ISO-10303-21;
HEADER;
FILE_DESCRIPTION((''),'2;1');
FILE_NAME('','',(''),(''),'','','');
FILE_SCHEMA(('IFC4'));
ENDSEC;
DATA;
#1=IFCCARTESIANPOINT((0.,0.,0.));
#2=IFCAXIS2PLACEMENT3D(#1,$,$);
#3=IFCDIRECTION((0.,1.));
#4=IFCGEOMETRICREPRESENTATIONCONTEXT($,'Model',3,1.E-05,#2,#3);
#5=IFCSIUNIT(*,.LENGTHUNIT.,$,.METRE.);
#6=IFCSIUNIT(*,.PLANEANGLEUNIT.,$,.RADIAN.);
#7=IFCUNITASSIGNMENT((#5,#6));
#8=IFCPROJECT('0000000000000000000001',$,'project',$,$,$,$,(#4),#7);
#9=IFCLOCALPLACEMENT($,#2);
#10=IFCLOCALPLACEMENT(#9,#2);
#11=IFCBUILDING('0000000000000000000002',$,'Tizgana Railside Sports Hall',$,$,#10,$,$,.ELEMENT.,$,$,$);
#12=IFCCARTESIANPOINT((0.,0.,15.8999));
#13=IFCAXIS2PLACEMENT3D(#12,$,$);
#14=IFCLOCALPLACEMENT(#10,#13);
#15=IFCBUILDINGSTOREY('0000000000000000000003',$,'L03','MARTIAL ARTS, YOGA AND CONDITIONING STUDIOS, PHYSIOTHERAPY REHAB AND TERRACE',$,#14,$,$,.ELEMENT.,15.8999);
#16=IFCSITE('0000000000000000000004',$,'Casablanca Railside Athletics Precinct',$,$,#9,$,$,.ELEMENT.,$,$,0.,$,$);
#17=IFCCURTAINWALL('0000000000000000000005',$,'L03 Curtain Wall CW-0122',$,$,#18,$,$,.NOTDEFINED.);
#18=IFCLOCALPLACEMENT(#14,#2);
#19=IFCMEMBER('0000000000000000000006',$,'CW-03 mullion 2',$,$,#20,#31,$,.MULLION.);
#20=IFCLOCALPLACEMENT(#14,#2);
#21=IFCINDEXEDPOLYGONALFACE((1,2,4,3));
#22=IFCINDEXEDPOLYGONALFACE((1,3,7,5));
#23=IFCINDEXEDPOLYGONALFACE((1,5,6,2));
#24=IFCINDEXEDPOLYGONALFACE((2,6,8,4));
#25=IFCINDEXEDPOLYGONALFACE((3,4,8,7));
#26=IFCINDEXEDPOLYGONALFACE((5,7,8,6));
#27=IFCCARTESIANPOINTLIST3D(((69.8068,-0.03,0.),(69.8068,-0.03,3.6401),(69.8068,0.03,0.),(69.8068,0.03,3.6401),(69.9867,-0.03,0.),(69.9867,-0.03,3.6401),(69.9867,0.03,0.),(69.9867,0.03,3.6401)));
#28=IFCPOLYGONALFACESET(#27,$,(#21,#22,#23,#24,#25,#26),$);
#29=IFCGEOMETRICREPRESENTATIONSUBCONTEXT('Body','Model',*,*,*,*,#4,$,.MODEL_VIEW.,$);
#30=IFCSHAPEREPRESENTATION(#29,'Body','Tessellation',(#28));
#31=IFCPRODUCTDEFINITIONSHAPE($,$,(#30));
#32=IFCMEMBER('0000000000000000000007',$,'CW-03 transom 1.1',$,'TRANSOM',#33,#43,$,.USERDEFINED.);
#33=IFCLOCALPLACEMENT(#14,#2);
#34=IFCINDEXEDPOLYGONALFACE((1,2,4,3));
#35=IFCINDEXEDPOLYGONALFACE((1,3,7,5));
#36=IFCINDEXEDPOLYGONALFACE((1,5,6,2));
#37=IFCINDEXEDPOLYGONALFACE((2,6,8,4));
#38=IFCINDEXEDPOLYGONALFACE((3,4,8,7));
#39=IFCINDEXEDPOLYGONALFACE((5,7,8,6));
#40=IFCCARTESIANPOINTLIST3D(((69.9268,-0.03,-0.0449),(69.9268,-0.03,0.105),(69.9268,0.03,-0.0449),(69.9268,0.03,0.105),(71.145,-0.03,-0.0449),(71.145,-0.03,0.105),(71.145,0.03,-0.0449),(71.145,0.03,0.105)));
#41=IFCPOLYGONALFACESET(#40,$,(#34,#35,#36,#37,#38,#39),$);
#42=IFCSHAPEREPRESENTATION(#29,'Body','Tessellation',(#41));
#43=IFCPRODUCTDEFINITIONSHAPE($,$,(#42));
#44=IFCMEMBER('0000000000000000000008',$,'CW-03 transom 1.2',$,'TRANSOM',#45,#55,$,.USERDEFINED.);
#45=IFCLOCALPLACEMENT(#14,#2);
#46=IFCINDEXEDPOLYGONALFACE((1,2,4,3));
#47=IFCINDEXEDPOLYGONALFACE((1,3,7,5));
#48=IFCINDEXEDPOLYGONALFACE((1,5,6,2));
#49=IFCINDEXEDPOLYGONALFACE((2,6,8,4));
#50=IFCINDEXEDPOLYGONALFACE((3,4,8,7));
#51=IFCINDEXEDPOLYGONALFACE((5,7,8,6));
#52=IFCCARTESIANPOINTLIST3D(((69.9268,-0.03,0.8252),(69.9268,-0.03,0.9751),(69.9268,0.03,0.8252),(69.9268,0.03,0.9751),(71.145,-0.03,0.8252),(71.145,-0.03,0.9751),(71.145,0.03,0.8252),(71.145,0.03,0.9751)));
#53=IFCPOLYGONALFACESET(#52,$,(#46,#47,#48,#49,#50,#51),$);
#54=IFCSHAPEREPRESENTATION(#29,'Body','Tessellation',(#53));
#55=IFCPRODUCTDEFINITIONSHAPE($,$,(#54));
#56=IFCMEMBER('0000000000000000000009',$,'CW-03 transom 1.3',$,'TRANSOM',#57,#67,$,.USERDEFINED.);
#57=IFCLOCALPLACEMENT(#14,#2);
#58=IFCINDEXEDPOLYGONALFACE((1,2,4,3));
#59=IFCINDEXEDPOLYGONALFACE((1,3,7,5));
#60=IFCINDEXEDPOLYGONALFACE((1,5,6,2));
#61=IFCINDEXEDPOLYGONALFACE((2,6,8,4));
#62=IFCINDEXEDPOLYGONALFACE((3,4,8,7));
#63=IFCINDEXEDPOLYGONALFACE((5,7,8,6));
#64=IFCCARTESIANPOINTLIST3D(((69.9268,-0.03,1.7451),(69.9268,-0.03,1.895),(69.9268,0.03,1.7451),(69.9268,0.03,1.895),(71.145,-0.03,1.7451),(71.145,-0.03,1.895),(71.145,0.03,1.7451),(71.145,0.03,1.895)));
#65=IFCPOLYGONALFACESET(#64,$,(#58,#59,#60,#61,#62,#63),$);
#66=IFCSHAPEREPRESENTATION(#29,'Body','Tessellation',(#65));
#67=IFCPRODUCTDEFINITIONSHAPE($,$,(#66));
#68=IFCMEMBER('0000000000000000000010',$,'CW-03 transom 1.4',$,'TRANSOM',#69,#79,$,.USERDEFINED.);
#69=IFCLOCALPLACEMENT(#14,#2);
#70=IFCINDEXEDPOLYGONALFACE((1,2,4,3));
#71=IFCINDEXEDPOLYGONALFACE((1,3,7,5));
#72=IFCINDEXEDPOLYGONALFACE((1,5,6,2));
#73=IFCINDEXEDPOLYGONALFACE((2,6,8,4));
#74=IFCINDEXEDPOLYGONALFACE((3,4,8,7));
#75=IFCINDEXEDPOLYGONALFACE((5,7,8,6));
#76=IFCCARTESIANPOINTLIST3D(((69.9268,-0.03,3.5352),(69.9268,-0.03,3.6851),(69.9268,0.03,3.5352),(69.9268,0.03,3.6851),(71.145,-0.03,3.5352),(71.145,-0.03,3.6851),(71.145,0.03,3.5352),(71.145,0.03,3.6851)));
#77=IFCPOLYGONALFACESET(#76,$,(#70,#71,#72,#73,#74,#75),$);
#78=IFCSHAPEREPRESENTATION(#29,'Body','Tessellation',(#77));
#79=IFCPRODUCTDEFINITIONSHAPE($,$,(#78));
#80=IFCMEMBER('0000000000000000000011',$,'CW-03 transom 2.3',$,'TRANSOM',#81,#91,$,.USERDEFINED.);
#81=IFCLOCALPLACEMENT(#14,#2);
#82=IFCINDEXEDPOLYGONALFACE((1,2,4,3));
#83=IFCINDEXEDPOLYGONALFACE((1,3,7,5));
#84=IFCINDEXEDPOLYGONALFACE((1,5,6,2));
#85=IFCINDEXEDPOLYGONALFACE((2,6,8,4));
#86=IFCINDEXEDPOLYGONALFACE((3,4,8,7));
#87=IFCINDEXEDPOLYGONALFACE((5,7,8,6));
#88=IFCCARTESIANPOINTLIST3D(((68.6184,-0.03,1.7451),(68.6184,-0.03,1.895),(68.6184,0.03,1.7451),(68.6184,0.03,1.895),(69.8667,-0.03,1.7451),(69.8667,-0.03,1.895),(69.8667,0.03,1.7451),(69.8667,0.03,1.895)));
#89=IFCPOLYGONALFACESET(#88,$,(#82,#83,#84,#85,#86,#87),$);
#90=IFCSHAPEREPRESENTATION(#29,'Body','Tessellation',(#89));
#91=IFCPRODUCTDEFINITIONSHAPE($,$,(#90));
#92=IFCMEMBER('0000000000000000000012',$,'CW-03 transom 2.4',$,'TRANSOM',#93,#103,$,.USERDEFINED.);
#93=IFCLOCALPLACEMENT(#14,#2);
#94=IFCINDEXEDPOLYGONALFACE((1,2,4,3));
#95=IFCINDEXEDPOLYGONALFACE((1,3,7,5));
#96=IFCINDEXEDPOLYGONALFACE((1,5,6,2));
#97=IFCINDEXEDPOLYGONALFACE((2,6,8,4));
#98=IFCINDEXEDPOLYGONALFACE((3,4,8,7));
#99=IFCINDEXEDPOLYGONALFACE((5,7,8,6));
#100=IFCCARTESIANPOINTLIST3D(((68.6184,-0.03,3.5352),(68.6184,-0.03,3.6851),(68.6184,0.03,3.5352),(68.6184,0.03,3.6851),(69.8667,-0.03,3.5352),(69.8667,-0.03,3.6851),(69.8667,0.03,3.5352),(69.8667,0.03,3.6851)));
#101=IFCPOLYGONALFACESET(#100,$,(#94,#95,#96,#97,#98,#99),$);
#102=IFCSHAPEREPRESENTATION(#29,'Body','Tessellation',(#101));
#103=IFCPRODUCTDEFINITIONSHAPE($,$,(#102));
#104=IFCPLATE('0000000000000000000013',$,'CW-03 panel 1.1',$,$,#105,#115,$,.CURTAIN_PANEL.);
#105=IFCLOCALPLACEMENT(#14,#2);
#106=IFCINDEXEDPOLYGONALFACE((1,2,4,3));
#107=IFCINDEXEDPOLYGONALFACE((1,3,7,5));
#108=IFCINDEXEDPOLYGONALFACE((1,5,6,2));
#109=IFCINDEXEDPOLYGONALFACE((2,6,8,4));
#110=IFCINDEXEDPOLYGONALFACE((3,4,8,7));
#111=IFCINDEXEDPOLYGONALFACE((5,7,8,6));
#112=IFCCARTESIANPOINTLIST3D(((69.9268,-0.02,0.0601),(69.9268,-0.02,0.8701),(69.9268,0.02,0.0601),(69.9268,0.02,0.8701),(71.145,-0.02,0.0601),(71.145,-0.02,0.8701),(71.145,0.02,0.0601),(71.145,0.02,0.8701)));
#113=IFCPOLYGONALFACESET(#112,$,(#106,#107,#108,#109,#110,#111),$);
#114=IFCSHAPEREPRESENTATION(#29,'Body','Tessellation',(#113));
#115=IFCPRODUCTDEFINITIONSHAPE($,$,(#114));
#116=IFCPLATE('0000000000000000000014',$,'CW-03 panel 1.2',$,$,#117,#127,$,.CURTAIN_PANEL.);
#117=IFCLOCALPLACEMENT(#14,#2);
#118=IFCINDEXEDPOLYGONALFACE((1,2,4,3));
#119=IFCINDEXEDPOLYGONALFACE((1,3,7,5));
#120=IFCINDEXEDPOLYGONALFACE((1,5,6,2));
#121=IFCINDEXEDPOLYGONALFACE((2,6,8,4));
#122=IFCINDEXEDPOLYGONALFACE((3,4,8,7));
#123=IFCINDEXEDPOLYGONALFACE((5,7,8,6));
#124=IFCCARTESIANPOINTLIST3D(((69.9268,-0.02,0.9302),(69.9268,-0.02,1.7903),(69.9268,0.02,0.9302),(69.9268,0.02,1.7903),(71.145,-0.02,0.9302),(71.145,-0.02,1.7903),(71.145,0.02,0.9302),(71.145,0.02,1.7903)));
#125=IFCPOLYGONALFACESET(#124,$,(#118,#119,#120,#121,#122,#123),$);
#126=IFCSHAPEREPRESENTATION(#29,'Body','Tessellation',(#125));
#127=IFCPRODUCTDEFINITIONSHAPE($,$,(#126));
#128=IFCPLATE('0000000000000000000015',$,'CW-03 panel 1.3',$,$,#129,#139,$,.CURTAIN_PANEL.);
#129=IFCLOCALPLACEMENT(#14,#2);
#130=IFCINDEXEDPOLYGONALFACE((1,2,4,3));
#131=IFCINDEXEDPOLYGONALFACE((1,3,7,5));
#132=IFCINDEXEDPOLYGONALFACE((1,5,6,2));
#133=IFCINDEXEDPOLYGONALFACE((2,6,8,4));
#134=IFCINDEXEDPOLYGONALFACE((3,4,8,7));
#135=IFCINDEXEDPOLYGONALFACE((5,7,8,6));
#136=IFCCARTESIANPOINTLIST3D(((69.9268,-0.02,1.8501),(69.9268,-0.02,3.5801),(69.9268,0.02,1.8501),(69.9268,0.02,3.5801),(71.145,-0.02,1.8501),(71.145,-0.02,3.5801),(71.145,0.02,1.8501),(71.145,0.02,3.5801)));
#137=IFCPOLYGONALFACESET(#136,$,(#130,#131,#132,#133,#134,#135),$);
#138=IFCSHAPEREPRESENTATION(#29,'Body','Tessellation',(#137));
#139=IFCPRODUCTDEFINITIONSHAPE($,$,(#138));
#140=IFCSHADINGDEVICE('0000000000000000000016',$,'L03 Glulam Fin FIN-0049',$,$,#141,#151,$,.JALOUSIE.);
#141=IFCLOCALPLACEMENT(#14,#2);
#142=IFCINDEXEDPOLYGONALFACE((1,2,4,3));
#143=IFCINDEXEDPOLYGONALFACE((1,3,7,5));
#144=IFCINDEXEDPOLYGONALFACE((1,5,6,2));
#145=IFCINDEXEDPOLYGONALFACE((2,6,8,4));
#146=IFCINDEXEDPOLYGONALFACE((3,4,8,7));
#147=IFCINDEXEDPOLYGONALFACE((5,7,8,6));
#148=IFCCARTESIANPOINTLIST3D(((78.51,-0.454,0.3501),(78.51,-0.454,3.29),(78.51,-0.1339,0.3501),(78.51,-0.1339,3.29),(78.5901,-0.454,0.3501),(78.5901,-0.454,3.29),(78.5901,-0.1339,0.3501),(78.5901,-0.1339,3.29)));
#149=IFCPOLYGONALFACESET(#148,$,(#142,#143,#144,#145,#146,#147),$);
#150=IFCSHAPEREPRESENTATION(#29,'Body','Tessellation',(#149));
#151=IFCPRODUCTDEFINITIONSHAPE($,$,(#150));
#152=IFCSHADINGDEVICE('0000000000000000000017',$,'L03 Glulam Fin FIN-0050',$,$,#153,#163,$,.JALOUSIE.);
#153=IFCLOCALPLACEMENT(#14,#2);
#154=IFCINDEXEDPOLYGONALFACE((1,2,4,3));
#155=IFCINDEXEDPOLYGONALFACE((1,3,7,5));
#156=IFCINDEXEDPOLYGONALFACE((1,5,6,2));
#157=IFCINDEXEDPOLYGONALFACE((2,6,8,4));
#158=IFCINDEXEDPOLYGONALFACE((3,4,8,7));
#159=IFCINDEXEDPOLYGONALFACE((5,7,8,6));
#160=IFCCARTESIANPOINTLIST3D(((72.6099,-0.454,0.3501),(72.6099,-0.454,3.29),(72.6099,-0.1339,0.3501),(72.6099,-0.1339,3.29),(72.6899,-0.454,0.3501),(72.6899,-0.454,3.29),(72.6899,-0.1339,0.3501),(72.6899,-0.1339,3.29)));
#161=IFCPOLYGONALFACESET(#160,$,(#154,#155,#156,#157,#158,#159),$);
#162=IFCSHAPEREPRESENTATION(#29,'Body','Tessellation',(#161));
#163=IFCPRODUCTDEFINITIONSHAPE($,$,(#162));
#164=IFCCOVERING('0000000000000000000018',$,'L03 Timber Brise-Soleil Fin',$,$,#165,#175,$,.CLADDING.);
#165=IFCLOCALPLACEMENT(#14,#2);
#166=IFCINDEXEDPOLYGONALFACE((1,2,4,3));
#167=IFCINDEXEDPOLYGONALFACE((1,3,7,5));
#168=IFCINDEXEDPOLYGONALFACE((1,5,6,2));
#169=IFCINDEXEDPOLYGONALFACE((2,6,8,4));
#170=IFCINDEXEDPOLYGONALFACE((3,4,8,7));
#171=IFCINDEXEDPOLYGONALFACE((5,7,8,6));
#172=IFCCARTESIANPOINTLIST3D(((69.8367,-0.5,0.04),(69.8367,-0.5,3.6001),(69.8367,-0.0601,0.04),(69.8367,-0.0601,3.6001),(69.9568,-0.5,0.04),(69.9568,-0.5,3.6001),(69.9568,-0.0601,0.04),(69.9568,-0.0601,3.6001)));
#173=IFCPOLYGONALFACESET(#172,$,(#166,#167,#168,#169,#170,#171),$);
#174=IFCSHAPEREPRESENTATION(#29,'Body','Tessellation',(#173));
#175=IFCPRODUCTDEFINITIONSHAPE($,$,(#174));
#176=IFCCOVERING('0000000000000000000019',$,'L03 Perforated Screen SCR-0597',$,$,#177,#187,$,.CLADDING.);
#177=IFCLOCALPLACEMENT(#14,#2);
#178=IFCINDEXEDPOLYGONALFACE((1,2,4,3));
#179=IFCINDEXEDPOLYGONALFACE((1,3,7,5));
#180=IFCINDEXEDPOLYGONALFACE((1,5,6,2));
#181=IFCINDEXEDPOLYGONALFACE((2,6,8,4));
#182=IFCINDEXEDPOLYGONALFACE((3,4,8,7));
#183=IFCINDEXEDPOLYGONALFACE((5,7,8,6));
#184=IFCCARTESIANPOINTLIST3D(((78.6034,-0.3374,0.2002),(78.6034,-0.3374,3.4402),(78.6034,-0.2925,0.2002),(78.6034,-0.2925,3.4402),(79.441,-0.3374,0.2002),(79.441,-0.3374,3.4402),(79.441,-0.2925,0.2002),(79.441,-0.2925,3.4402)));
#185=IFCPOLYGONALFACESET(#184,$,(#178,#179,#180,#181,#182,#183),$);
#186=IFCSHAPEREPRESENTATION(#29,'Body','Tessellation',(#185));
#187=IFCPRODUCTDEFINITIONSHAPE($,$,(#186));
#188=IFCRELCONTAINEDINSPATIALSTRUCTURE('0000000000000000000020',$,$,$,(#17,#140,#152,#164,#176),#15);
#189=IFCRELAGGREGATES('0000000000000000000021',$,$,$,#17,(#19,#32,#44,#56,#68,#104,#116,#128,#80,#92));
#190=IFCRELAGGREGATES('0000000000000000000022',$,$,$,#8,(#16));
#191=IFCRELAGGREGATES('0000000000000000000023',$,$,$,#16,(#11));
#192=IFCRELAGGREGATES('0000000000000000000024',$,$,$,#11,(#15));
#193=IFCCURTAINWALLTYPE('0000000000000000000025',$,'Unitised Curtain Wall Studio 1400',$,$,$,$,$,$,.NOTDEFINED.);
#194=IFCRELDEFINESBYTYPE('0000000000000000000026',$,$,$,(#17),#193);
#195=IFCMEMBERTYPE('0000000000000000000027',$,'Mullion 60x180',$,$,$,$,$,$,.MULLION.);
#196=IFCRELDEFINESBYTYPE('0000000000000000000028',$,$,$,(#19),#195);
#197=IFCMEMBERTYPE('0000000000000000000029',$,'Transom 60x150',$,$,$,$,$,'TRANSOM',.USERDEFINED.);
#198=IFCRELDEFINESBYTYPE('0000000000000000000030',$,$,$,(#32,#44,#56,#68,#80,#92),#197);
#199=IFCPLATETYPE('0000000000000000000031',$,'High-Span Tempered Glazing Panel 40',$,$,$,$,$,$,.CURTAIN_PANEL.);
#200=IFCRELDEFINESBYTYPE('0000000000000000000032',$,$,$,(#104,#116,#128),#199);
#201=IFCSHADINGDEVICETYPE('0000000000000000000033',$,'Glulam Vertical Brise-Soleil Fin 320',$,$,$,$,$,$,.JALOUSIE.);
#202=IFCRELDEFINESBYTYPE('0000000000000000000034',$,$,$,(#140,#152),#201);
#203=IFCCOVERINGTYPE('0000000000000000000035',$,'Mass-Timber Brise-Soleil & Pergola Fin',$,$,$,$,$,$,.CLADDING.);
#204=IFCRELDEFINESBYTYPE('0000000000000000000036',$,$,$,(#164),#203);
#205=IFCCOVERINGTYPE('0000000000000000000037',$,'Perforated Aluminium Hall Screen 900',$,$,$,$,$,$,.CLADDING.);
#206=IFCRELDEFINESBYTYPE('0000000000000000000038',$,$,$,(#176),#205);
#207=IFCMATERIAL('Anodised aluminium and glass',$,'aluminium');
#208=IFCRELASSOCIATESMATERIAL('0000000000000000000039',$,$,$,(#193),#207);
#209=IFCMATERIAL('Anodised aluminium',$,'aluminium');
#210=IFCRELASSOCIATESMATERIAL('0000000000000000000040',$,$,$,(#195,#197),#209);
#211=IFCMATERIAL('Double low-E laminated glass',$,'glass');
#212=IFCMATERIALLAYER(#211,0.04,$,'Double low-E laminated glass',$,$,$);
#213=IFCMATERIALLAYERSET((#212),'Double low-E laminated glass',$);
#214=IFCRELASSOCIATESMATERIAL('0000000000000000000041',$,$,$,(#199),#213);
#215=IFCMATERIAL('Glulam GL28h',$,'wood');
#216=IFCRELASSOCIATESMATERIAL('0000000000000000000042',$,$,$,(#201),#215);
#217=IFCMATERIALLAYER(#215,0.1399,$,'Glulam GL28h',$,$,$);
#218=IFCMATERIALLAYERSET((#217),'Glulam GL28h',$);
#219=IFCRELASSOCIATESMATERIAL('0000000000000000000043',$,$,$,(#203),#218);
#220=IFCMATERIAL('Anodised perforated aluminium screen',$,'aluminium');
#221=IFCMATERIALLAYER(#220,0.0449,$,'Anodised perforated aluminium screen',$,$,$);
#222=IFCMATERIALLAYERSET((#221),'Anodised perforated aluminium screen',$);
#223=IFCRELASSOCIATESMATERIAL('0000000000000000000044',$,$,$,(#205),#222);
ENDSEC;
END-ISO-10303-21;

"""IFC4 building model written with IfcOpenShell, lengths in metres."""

from ifc_helpers import new_model, si_unit, direction, frame, origin, origin_2d, place, context, subcontext, project, spatial, rectangle, extrude, material, layer, layer_set, material_profile, profile_set, type_object, element, aggregate, save


model = new_model("IFC4")

# Units and contexts
model_context = context("Model", 3, precision=1e-05, world=origin(), true_north=direction((0.0, 1.0)))
body_context = subcontext(model_context, "Body", "Model", "MODEL_VIEW")
ifc_project = project(units=[si_unit("LENGTHUNIT", "METRE"), si_unit("PLANEANGLEUNIT", "RADIAN")], contexts=[model_context])

# Site, building, storey
site_placement = place(None, origin())
site = spatial("IfcSite", under=ifc_project, at=site_placement, Name="Casablanca Railside Athletics Precinct", CompositionType="ELEMENT", RefElevation=0.0)
building_placement = place(site_placement, origin())
building = spatial("IfcBuilding", under=site, at=building_placement, Name="Tizgana Railside Sports Hall", CompositionType="ELEMENT")
storey_placement = place(building_placement, frame((0.0, 0.0, 15.8999)))
storey = spatial("IfcBuildingStorey", under=building, at=storey_placement, Name="L03", Description="MARTIAL ARTS, YOGA AND CONDITIONING STUDIOS, PHYSIOTHERAPY REHAB AND TERRACE", CompositionType="ELEMENT", Elevation=15.8999)

# Curtain wall, members, plates
ifc_material_1 = material(Name="Anodised aluminium and glass", Category="aluminium")
curtain_wall_type = type_object("IfcCurtainWallType", Name="Unitised Curtain Wall Studio 1400", PredefinedType="NOTDEFINED", material=ifc_material_1)
curtain_wall_placement = place(storey_placement, origin())
curtain_wall = element("IfcCurtainWall", 1, at=curtain_wall_placement, inside=storey, type_object=curtain_wall_type, Name="L03 Curtain Wall CW-0122", PredefinedType="NOTDEFINED")
ifc_material_2 = material(Name="Anodised aluminium", Category="aluminium")
ifc_material_profile_1 = material_profile(ifc_material_2, rectangle(XDim=0.0601, YDim=0.1799, at=origin_2d()), Name="Mullion 60x180")
ifc_profile_set_1 = profile_set([ifc_material_profile_1], Name="Anodised aluminium")
member_type_1 = type_object("IfcMemberType", Name="Mullion 60x180", PredefinedType="MULLION", material=ifc_profile_set_1)
member_1_placement = place(storey_placement, frame((69.8967, 0.0, 0.0), z_axis=(0.0, 0.0, 1.0), x_axis=(0.0, -1.0, 0.0)))
member_1 = element("IfcMember", 2, at=member_1_placement, type_object=member_type_1, Name="CW-03 mullion 2", PredefinedType="MULLION", context=body_context, shape_type="SweptSolid", body=[
    extrude(rectangle(XDim=0.0601, YDim=0.1799, at=origin_2d()), origin(), (0.0, 0.0, 1.0), 3.6401),
])
ifc_material_profile_2 = material_profile(ifc_material_2, rectangle(XDim=0.0601, YDim=0.1499, at=origin_2d()), Name="Transom 60x150")
ifc_profile_set_2 = profile_set([ifc_material_profile_2], Name="Anodised aluminium")
member_type_2 = type_object("IfcMemberType", Name="Transom 60x150", ElementType="TRANSOM", PredefinedType="USERDEFINED", material=ifc_profile_set_2)
member_2_placement = place(storey_placement, frame((71.145, 0.0, 0.03), z_axis=(-1.0, 0.0, 0.0), x_axis=(0.0, -1.0, 0.0)))
member_2 = element("IfcMember", 3, at=member_2_placement, type_object=member_type_2, Name="CW-03 transom 1.1", ObjectType="TRANSOM", PredefinedType="USERDEFINED", context=body_context, shape_type="SweptSolid", body=[
    extrude(rectangle(XDim=0.0601, YDim=0.1499, at=origin_2d()), origin(), (0.0, 0.0, 1.0), 1.2183),
])
member_3_placement = place(storey_placement, frame((71.145, 0.0, 0.9001), z_axis=(-1.0, 0.0, 0.0), x_axis=(0.0, -1.0, 0.0)))
member_3 = element("IfcMember", 4, at=member_3_placement, type_object=member_type_2, Name="CW-03 transom 1.2", ObjectType="TRANSOM", PredefinedType="USERDEFINED", context=body_context, shape_type="SweptSolid", body=[
    extrude(rectangle(XDim=0.0601, YDim=0.1499, at=origin_2d()), origin(), (0.0, 0.0, 1.0), 1.2183),
])
member_4_placement = place(storey_placement, frame((71.145, 0.0, 1.8201), z_axis=(-1.0, 0.0, 0.0), x_axis=(0.0, -1.0, 0.0)))
member_4 = element("IfcMember", 5, at=member_4_placement, type_object=member_type_2, Name="CW-03 transom 1.3", ObjectType="TRANSOM", PredefinedType="USERDEFINED", context=body_context, shape_type="SweptSolid", body=[
    extrude(rectangle(XDim=0.0601, YDim=0.1499, at=origin_2d()), origin(), (0.0, 0.0, 1.0), 1.2183),
])
member_5_placement = place(storey_placement, frame((71.145, 0.0, 3.6101), z_axis=(-1.0, 0.0, 0.0), x_axis=(0.0, -1.0, 0.0)))
member_5 = element("IfcMember", 6, at=member_5_placement, type_object=member_type_2, Name="CW-03 transom 1.4", ObjectType="TRANSOM", PredefinedType="USERDEFINED", context=body_context, shape_type="SweptSolid", body=[
    extrude(rectangle(XDim=0.0601, YDim=0.1499, at=origin_2d()), origin(), (0.0, 0.0, 1.0), 1.2183),
])
member_6_placement = place(storey_placement, frame((69.8667, 0.0, 1.8201), z_axis=(-1.0, 0.0, 0.0), x_axis=(0.0, -1.0, 0.0)))
member_6 = element("IfcMember", 7, at=member_6_placement, type_object=member_type_2, Name="CW-03 transom 2.3", ObjectType="TRANSOM", PredefinedType="USERDEFINED", context=body_context, shape_type="SweptSolid", body=[
    extrude(rectangle(XDim=0.0601, YDim=0.1499, at=origin_2d()), origin(), (0.0, 0.0, 1.0), 1.2483),
])
member_7_placement = place(storey_placement, frame((69.8667, 0.0, 3.6101), z_axis=(-1.0, 0.0, 0.0), x_axis=(0.0, -1.0, 0.0)))
member_7 = element("IfcMember", 8, at=member_7_placement, type_object=member_type_2, Name="CW-03 transom 2.4", ObjectType="TRANSOM", PredefinedType="USERDEFINED", context=body_context, shape_type="SweptSolid", body=[
    extrude(rectangle(XDim=0.0601, YDim=0.1499, at=origin_2d()), origin(), (0.0, 0.0, 1.0), 1.2483),
])
ifc_material_3 = material(Name="Double low-E laminated glass", Category="glass")
ifc_layer_1 = layer(ifc_material_3, 0.04, Name="Double low-E laminated glass")
ifc_layer_set_1 = layer_set([ifc_layer_1], Name="Double low-E laminated glass")
plate_type = type_object("IfcPlateType", Name="High-Span Tempered Glazing Panel 40", PredefinedType="CURTAIN_PANEL", material=ifc_layer_set_1)
plate_1_placement = place(storey_placement, frame((70.5359, 0.0, 0.0601), z_axis=(0.0, 0.0, 1.0), x_axis=(-1.0, 0.0, 0.0)))
plate_1 = element("IfcPlate", 9, at=plate_1_placement, type_object=plate_type, Name="CW-03 panel 1.1", PredefinedType="CURTAIN_PANEL", context=body_context, shape_type="SweptSolid", body=[
    extrude(rectangle(XDim=1.2183, YDim=0.04, at=origin_2d()), origin(), (0.0, 0.0, 1.0), 0.8101),
])
plate_2_placement = place(storey_placement, frame((70.5359, 0.0, 0.9302), z_axis=(0.0, 0.0, 1.0), x_axis=(-1.0, 0.0, 0.0)))
plate_2 = element("IfcPlate", 10, at=plate_2_placement, type_object=plate_type, Name="CW-03 panel 1.2", PredefinedType="CURTAIN_PANEL", context=body_context, shape_type="SweptSolid", body=[
    extrude(rectangle(XDim=1.2183, YDim=0.04, at=origin_2d()), origin(), (0.0, 0.0, 1.0), 0.8601),
])
plate_3_placement = place(storey_placement, frame((70.5359, 0.0, 1.8501), z_axis=(0.0, 0.0, 1.0), x_axis=(-1.0, 0.0, 0.0)))
plate_3 = element("IfcPlate", 11, at=plate_3_placement, type_object=plate_type, Name="CW-03 panel 1.3", PredefinedType="CURTAIN_PANEL", context=body_context, shape_type="SweptSolid", body=[
    extrude(rectangle(XDim=1.2183, YDim=0.04, at=origin_2d()), origin(), (0.0, 0.0, 1.0), 1.73),
])
aggregate(curtain_wall, [member_1, member_2, member_3, member_4, member_5, plate_1, plate_2, plate_3, member_6, member_7])

# Shading devices
ifc_material_4 = material(Name="Glulam GL28h", Category="wood")
shading_device_type = type_object("IfcShadingDeviceType", Name="Glulam Vertical Brise-Soleil Fin 320", PredefinedType="JALOUSIE", material=ifc_material_4)
for number, where, z_axis, x_axis, name in (
    (12, (78.55, -0.2939, 0.3501), (0.0, 0.0, 1.0), (-1.0, 0.0, 0.0), "L03 Glulam Fin FIN-0049"),
    (13, (72.6499, -0.2939, 0.3501), (0.0, 0.0, 1.0), (-1.0, 0.0, 0.0), "L03 Glulam Fin FIN-0050"),
):
    element("IfcShadingDevice", number, at=place(storey_placement, frame(where, z_axis=z_axis, x_axis=x_axis)), inside=storey, type_object=shading_device_type, Name=name, PredefinedType="JALOUSIE", context=body_context, shape_type="SweptSolid", body=[
        extrude(rectangle(XDim=0.0801, YDim=0.3201, at=origin_2d()), origin(), (0.0, 0.0, 1.0), 2.9399),
    ])

# Coverings
ifc_layer_2 = layer(ifc_material_4, 0.1399, Name="Glulam GL28h")
ifc_layer_set_2 = layer_set([ifc_layer_2], Name="Glulam GL28h")
covering_type_1 = type_object("IfcCoveringType", Name="Mass-Timber Brise-Soleil & Pergola Fin", PredefinedType="CLADDING", material=ifc_layer_set_2)
covering_placement = place(storey_placement, frame((69.8967, -0.28, 0.04), z_axis=(0.0, 0.0, 1.0), x_axis=(-1.0, 0.0, 0.0)))
element("IfcCovering", 14, at=covering_placement, inside=storey, type_object=covering_type_1, Name="L03 Timber Brise-Soleil Fin", PredefinedType="CLADDING", context=body_context, shape_type="SweptSolid", body=[
    extrude(rectangle(XDim=0.1201, YDim=0.4399, at=origin_2d()), origin(), (0.0, 0.0, 1.0), 3.5601),
])
ifc_material_5 = material(Name="Anodised perforated aluminium screen", Category="aluminium")
ifc_layer_3 = layer(ifc_material_5, 0.0449, Name="Anodised perforated aluminium screen")
ifc_layer_set_3 = layer_set([ifc_layer_3], Name="Anodised perforated aluminium screen")
covering_type_2 = type_object("IfcCoveringType", Name="Perforated Aluminium Hall Screen 900", PredefinedType="CLADDING", material=ifc_layer_set_3)
for number, where, z_axis, x_axis, name in (
    (15, (79.0222, -0.3149, 0.2002), (0.0, 0.0, 1.0), (-1.0, 0.0, 0.0), "L03 Perforated Screen SCR-0597"),
):
    element("IfcCovering", number, at=place(storey_placement, frame(where, z_axis=z_axis, x_axis=x_axis)), inside=storey, type_object=covering_type_2, Name=name, PredefinedType="CLADDING", context=body_context, shape_type="SweptSolid", body=[
        extrude(rectangle(XDim=0.8376, YDim=0.0449, at=origin_2d()), origin(), (0.0, 0.0, 1.0), 3.24),
    ])

save(model, "model.ifc")
